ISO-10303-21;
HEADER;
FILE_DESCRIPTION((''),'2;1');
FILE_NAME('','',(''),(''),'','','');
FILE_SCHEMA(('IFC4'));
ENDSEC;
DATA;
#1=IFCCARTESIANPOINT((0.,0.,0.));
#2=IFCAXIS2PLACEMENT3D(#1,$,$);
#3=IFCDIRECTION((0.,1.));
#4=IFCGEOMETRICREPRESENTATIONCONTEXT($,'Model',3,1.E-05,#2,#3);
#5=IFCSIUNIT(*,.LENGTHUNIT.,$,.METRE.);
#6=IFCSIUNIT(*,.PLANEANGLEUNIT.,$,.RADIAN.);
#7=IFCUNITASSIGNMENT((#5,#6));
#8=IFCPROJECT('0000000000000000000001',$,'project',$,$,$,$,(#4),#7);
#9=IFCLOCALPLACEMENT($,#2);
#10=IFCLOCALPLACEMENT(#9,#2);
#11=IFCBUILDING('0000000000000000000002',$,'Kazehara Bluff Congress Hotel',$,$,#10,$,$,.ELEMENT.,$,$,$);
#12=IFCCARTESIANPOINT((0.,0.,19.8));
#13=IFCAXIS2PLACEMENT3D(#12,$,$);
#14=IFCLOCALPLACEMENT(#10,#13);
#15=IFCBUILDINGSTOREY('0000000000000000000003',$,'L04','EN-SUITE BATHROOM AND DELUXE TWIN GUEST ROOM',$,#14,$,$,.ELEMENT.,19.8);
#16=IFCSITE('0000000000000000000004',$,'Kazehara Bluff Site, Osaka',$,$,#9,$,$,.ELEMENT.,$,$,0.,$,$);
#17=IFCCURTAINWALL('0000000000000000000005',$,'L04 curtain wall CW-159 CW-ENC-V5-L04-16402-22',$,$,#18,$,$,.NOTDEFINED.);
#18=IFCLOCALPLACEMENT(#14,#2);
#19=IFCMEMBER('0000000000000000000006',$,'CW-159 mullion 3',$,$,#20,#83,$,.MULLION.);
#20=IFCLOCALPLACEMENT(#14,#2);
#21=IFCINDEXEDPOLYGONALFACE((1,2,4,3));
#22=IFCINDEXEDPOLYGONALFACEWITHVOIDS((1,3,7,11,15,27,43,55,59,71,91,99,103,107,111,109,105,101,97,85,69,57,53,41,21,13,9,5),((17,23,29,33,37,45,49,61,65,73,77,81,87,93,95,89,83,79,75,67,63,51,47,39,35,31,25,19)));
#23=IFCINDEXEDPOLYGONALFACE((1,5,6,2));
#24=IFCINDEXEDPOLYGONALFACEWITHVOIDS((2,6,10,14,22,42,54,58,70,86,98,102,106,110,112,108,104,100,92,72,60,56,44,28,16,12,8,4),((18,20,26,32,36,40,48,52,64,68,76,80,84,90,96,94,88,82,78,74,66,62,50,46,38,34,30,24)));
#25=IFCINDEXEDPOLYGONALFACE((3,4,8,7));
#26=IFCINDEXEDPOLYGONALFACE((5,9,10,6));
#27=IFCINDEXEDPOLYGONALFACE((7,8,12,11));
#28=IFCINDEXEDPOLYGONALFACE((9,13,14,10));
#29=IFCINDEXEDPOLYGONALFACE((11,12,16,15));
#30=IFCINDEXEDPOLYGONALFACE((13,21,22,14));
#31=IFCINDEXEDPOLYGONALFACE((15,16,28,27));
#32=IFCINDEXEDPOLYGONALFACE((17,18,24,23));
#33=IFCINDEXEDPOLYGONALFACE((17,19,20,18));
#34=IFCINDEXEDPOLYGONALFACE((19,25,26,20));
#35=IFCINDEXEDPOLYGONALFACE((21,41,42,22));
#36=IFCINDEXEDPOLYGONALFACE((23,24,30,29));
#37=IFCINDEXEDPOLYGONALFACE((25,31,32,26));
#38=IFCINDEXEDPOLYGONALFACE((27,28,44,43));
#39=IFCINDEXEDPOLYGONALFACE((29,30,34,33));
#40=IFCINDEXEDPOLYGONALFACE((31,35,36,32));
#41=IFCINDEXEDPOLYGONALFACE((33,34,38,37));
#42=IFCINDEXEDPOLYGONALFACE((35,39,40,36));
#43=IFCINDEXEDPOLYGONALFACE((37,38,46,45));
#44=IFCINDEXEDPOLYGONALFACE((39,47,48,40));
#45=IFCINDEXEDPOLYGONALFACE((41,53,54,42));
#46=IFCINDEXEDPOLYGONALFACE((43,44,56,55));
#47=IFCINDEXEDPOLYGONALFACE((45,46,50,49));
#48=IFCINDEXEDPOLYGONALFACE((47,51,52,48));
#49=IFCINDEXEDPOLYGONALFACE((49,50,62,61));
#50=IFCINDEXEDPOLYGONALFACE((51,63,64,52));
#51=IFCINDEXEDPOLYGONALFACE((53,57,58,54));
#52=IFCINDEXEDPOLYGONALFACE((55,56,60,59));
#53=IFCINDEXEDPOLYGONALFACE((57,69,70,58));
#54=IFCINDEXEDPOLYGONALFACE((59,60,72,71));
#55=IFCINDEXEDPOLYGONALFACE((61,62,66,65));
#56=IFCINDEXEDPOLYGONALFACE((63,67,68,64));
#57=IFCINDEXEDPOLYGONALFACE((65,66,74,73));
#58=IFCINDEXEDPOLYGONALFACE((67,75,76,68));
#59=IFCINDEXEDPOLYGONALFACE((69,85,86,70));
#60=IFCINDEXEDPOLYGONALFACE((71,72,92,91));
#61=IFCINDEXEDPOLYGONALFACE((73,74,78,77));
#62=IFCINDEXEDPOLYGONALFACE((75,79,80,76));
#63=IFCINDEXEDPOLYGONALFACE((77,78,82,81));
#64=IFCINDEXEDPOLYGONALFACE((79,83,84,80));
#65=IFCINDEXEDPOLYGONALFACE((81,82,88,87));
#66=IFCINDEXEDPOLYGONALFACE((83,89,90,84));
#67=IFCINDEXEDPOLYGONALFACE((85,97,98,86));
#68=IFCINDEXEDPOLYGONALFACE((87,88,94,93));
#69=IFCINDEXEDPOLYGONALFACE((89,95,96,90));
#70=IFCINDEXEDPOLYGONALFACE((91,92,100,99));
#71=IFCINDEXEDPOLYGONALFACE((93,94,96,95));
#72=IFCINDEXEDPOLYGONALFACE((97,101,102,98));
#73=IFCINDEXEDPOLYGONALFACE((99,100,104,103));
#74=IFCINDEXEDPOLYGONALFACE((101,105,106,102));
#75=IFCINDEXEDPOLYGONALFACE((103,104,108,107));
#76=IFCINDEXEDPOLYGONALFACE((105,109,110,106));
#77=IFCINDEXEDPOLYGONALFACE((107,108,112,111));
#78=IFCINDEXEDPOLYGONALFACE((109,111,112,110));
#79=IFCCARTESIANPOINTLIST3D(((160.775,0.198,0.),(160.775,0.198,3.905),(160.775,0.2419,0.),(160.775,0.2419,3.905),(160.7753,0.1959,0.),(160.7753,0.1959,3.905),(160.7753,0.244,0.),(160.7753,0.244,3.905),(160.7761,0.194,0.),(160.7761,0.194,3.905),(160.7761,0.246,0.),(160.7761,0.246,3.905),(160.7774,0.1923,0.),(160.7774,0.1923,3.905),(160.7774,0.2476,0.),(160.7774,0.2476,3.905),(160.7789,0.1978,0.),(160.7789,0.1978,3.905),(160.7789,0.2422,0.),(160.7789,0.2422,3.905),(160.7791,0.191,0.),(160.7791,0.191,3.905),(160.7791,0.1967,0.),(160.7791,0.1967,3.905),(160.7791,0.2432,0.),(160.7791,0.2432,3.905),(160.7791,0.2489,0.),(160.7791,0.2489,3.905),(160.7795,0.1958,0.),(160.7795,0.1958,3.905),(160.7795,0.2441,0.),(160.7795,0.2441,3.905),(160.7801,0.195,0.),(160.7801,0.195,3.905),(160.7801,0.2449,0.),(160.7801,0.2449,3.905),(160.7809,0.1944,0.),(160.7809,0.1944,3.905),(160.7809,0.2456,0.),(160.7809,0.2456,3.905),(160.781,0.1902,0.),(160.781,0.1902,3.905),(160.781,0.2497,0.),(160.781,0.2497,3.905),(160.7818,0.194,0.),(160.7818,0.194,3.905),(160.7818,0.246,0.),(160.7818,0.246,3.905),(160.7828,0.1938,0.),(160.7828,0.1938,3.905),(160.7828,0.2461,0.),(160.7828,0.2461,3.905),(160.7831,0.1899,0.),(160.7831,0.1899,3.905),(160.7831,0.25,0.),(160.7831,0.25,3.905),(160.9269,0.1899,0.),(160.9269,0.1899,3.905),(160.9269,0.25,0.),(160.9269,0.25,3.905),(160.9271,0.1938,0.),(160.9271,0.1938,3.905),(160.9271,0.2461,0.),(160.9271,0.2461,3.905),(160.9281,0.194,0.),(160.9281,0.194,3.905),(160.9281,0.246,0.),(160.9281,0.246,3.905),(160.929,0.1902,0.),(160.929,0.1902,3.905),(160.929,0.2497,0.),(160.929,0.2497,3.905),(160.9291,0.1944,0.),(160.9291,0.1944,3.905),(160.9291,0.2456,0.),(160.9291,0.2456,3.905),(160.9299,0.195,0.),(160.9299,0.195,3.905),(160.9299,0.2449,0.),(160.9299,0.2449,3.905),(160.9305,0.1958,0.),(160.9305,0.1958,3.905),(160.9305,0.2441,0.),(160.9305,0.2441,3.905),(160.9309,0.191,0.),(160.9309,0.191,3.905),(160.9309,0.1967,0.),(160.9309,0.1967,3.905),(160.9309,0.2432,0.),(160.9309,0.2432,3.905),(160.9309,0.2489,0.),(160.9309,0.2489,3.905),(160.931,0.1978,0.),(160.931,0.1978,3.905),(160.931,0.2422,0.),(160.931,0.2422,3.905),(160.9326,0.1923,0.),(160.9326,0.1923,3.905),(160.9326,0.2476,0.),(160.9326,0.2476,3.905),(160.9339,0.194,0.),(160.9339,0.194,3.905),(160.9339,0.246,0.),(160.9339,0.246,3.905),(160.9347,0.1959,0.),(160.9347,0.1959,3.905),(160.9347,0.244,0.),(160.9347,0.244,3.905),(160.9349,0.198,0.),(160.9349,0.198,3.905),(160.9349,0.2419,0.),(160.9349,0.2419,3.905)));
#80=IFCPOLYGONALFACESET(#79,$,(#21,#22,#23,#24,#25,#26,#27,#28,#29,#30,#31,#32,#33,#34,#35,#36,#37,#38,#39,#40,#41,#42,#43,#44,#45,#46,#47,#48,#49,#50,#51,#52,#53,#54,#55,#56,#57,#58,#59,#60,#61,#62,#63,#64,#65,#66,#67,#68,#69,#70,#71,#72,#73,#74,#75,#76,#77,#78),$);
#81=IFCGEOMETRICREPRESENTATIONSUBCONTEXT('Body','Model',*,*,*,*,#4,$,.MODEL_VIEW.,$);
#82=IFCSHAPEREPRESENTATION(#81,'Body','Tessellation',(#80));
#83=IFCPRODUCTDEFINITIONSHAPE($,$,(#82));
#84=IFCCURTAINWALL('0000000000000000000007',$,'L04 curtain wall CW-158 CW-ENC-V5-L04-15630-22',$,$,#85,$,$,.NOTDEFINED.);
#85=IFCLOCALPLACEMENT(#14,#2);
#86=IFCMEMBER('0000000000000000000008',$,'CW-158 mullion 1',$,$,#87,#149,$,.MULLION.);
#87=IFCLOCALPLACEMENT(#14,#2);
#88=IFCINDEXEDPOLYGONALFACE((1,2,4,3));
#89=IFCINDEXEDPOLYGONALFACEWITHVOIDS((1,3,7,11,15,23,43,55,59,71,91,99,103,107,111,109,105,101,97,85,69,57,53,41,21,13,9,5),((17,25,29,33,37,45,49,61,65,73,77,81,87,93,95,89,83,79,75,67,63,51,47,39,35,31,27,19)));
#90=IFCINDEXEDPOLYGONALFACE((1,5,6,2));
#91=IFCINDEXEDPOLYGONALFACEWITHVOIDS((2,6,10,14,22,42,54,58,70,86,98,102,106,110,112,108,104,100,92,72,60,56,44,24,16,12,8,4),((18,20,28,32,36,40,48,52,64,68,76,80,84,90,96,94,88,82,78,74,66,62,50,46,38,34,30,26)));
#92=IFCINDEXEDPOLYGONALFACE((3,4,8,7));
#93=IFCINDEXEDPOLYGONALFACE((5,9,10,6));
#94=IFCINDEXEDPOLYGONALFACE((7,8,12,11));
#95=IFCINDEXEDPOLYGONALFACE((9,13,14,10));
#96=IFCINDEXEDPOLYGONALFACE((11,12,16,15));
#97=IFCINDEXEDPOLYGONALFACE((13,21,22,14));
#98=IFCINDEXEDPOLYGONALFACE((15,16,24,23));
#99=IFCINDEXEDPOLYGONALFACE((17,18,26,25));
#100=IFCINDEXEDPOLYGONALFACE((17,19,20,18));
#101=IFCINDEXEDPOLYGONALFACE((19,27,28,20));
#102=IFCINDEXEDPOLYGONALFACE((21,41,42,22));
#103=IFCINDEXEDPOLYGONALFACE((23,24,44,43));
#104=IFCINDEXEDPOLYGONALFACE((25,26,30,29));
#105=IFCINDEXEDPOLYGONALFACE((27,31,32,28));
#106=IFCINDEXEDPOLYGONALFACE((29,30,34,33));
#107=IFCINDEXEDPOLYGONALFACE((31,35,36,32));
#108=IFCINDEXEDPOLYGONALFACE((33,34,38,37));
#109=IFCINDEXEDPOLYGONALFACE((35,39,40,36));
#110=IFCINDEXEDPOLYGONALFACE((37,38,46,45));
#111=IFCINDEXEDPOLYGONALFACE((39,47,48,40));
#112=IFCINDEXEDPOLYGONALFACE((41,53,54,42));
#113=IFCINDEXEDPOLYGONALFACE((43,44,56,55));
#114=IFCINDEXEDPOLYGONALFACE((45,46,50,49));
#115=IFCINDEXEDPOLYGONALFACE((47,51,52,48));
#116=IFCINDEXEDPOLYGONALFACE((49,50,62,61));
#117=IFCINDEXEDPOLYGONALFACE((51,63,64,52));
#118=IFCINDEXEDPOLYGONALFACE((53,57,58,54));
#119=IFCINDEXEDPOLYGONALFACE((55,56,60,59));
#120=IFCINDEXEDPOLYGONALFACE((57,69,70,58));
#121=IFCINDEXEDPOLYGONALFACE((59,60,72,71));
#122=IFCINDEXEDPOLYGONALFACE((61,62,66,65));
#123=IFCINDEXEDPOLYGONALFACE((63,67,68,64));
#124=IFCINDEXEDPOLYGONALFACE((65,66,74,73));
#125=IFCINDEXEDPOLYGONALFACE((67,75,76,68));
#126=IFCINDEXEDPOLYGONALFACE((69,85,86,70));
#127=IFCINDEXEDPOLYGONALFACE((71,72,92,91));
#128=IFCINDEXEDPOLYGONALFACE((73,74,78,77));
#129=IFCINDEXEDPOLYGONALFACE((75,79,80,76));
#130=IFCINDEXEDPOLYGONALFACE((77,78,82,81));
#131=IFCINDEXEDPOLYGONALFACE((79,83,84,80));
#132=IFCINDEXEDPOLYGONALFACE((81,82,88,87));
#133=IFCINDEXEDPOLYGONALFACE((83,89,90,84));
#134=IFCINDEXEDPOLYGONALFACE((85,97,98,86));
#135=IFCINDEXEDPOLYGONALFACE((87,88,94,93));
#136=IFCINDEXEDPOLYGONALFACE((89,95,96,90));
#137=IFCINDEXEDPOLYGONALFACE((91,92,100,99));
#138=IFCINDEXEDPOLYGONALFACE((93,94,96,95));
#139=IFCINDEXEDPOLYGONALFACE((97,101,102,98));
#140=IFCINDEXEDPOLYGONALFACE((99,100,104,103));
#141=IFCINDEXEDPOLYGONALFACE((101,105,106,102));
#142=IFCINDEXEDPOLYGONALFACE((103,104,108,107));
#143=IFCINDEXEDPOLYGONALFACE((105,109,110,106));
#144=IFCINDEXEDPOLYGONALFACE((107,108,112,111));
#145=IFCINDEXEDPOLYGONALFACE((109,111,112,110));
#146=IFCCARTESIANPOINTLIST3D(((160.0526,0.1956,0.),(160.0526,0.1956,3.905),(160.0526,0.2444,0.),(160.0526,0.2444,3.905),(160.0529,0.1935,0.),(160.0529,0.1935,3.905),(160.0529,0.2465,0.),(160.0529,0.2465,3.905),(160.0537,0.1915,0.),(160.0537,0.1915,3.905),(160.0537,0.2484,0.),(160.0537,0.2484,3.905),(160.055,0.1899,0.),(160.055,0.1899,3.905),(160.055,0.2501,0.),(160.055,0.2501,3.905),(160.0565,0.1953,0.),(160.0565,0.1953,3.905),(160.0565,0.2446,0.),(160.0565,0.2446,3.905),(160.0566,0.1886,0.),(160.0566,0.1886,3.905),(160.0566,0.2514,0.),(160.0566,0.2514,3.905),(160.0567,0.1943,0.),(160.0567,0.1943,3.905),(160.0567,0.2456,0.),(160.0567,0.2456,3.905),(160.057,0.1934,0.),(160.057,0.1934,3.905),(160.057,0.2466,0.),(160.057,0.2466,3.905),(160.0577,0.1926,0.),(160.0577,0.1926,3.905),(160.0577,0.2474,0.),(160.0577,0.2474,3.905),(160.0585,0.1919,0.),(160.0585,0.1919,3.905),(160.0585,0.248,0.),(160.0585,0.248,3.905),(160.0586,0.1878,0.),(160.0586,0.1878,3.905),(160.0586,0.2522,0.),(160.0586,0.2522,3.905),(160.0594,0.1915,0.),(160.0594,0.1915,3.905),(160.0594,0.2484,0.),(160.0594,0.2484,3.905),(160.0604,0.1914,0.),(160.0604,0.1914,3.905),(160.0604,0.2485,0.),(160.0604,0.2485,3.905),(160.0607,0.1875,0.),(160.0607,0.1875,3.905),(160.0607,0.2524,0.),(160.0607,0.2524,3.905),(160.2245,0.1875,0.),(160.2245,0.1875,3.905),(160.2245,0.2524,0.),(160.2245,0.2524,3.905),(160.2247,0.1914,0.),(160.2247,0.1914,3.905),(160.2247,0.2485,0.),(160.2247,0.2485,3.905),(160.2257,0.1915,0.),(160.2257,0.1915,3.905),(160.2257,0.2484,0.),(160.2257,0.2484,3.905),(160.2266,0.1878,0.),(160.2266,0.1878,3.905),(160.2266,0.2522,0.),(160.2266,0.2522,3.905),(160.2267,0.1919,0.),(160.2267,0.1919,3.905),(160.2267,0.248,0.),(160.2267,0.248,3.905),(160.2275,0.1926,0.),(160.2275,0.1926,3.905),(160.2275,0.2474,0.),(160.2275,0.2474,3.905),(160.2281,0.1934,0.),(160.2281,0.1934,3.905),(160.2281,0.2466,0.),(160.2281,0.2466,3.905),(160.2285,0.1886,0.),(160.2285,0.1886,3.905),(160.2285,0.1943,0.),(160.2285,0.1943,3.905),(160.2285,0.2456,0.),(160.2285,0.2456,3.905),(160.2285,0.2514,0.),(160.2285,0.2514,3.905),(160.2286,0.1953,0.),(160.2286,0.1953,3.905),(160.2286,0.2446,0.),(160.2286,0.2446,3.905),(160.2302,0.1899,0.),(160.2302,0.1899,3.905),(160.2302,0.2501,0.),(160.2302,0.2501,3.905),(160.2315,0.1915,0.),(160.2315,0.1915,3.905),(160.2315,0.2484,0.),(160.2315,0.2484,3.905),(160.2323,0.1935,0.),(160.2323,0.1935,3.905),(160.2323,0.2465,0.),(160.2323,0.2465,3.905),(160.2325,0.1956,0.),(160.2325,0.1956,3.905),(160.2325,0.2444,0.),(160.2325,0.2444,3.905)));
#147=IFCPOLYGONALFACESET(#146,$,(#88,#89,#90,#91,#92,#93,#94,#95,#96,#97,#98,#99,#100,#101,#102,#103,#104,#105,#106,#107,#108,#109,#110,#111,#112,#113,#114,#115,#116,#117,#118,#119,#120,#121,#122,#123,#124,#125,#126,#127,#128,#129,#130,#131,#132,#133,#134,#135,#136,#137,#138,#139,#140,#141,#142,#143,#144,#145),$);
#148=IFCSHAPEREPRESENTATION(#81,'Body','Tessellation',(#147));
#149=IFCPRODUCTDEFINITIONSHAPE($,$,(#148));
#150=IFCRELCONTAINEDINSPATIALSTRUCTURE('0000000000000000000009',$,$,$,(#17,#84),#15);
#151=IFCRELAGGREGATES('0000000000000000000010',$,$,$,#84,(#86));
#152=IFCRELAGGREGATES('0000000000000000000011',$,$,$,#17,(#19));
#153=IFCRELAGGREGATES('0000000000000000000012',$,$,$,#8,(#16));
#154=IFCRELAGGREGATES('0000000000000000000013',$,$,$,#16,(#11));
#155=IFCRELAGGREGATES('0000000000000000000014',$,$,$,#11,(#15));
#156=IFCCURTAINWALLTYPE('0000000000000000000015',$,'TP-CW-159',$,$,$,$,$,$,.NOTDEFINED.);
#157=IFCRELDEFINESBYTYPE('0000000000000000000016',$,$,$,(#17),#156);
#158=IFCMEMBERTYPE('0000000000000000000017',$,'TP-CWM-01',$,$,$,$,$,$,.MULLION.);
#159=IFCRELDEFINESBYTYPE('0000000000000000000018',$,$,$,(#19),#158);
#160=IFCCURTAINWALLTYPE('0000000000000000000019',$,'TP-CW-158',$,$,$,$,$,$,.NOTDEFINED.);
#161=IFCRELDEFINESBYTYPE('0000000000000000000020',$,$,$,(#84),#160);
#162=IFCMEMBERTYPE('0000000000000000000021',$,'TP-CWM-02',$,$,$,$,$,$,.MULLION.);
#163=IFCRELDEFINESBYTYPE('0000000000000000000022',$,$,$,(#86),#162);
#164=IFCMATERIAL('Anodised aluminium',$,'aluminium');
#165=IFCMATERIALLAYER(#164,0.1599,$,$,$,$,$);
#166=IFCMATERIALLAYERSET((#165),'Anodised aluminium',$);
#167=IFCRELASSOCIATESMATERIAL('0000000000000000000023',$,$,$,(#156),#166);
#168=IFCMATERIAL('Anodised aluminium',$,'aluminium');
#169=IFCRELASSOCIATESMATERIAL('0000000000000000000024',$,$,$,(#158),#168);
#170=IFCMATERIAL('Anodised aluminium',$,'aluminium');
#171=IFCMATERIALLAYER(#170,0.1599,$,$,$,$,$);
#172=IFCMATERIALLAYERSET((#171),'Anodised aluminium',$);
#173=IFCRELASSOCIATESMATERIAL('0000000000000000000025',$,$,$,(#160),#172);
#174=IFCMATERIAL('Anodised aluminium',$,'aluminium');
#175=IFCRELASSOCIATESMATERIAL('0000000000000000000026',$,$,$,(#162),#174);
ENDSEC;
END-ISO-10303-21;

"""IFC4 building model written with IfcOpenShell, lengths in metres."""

from ifc_helpers import new_model, si_unit, direction, frame, origin, origin_2d, place, context, subcontext, project, spatial, hollow_rectangle, extrude, material, layer, layer_set, material_profile, profile_set, type_object, element, aggregate, save


model = new_model("IFC4")

# Units and contexts
model_context = context("Model", 3, precision=1e-05, world=origin(), true_north=direction((0.0, 1.0)))
body_context = subcontext(model_context, "Body", "Model", "MODEL_VIEW")
ifc_project = project(units=[si_unit("LENGTHUNIT", "METRE"), si_unit("PLANEANGLEUNIT", "RADIAN")], contexts=[model_context])

# Site, building, storey
site_placement = place(None, origin())
site = spatial("IfcSite", under=ifc_project, at=site_placement, Name="Kazehara Bluff Site, Osaka", CompositionType="ELEMENT", RefElevation=0.0)
building_placement = place(site_placement, origin())
building = spatial("IfcBuilding", under=site, at=building_placement, Name="Kazehara Bluff Congress Hotel", CompositionType="ELEMENT")
storey_placement = place(building_placement, frame((0.0, 0.0, 19.8)))
storey = spatial("IfcBuildingStorey", under=building, at=storey_placement, Name="L04", Description="EN-SUITE BATHROOM AND DELUXE TWIN GUEST ROOM", CompositionType="ELEMENT", Elevation=19.8)

# Curtain walls, members
ifc_material_1 = material(Name="Anodised aluminium", Category="aluminium")
ifc_layer_1 = layer(ifc_material_1, 0.1599)
ifc_layer_set_1 = layer_set([ifc_layer_1], Name="Anodised aluminium")
curtain_wall_type_1 = type_object("IfcCurtainWallType", Name="TP-CW-159", PredefinedType="NOTDEFINED", material=ifc_layer_set_1)
curtain_wall_1_placement = place(storey_placement, origin())
curtain_wall_1 = element("IfcCurtainWall", 1, at=curtain_wall_1_placement, inside=storey, type_object=curtain_wall_type_1, Name="L04 curtain wall CW-159 CW-ENC-V5-L04-16402-22", PredefinedType="NOTDEFINED")
ifc_material_2 = material(Name="Anodised aluminium", Category="aluminium")
ifc_material_profile_1 = material_profile(ifc_material_2, hollow_rectangle(XDim=0.0601, YDim=0.1599, WallThickness=0.0039, InnerFilletRadius=0.0039, OuterFilletRadius=0.0081, at=origin_2d()))
ifc_profile_set_1 = profile_set([ifc_material_profile_1], Name="Anodised aluminium")
member_type_1 = type_object("IfcMemberType", Name="TP-CWM-01", PredefinedType="MULLION", material=ifc_profile_set_1)
member_1_placement = place(storey_placement, frame((160.855, 0.22, 0.0), z_axis=(0.0, 0.0, 1.0), x_axis=(0.0, -1.0, 0.0)))
member_1 = element("IfcMember", 2, at=member_1_placement, type_object=member_type_1, Name="CW-159 mullion 3", PredefinedType="MULLION", context=body_context, shape_type="SweptSolid", body=[
    extrude(hollow_rectangle(XDim=0.0601, YDim=0.1599, WallThickness=0.0039, InnerFilletRadius=0.0039, OuterFilletRadius=0.0081, at=origin_2d()), origin(), (0.0, 0.0, 1.0), 3.905),
])
ifc_material_3 = material(Name="Anodised aluminium", Category="aluminium")
ifc_layer_2 = layer(ifc_material_3, 0.1599)
ifc_layer_set_2 = layer_set([ifc_layer_2], Name="Anodised aluminium")
curtain_wall_type_2 = type_object("IfcCurtainWallType", Name="TP-CW-158", PredefinedType="NOTDEFINED", material=ifc_layer_set_2)
curtain_wall_2_placement = place(storey_placement, origin())
curtain_wall_2 = element("IfcCurtainWall", 3, at=curtain_wall_2_placement, inside=storey, type_object=curtain_wall_type_2, Name="L04 curtain wall CW-158 CW-ENC-V5-L04-15630-22", PredefinedType="NOTDEFINED")
ifc_material_4 = material(Name="Anodised aluminium", Category="aluminium")
ifc_material_profile_2 = material_profile(ifc_material_4, hollow_rectangle(XDim=0.0649, YDim=0.1799, WallThickness=0.0039, InnerFilletRadius=0.0039, OuterFilletRadius=0.0081, at=origin_2d()))
ifc_profile_set_2 = profile_set([ifc_material_profile_2], Name="Anodised aluminium")
member_type_2 = type_object("IfcMemberType", Name="TP-CWM-02", PredefinedType="MULLION", material=ifc_profile_set_2)
member_2_placement = place(storey_placement, frame((160.1426, 0.22, 0.0), z_axis=(0.0, 0.0, 1.0), x_axis=(0.0, -1.0, 0.0)))
member_2 = element("IfcMember", 4, at=member_2_placement, type_object=member_type_2, Name="CW-158 mullion 1", PredefinedType="MULLION", context=body_context, shape_type="SweptSolid", body=[
    extrude(hollow_rectangle(XDim=0.0649, YDim=0.1799, WallThickness=0.0039, InnerFilletRadius=0.0039, OuterFilletRadius=0.0081, at=origin_2d()), origin(), (0.0, 0.0, 1.0), 3.905),
])

aggregate(curtain_wall_2, [member_2])
aggregate(curtain_wall_1, [member_1])

save(model, "model.ifc")
